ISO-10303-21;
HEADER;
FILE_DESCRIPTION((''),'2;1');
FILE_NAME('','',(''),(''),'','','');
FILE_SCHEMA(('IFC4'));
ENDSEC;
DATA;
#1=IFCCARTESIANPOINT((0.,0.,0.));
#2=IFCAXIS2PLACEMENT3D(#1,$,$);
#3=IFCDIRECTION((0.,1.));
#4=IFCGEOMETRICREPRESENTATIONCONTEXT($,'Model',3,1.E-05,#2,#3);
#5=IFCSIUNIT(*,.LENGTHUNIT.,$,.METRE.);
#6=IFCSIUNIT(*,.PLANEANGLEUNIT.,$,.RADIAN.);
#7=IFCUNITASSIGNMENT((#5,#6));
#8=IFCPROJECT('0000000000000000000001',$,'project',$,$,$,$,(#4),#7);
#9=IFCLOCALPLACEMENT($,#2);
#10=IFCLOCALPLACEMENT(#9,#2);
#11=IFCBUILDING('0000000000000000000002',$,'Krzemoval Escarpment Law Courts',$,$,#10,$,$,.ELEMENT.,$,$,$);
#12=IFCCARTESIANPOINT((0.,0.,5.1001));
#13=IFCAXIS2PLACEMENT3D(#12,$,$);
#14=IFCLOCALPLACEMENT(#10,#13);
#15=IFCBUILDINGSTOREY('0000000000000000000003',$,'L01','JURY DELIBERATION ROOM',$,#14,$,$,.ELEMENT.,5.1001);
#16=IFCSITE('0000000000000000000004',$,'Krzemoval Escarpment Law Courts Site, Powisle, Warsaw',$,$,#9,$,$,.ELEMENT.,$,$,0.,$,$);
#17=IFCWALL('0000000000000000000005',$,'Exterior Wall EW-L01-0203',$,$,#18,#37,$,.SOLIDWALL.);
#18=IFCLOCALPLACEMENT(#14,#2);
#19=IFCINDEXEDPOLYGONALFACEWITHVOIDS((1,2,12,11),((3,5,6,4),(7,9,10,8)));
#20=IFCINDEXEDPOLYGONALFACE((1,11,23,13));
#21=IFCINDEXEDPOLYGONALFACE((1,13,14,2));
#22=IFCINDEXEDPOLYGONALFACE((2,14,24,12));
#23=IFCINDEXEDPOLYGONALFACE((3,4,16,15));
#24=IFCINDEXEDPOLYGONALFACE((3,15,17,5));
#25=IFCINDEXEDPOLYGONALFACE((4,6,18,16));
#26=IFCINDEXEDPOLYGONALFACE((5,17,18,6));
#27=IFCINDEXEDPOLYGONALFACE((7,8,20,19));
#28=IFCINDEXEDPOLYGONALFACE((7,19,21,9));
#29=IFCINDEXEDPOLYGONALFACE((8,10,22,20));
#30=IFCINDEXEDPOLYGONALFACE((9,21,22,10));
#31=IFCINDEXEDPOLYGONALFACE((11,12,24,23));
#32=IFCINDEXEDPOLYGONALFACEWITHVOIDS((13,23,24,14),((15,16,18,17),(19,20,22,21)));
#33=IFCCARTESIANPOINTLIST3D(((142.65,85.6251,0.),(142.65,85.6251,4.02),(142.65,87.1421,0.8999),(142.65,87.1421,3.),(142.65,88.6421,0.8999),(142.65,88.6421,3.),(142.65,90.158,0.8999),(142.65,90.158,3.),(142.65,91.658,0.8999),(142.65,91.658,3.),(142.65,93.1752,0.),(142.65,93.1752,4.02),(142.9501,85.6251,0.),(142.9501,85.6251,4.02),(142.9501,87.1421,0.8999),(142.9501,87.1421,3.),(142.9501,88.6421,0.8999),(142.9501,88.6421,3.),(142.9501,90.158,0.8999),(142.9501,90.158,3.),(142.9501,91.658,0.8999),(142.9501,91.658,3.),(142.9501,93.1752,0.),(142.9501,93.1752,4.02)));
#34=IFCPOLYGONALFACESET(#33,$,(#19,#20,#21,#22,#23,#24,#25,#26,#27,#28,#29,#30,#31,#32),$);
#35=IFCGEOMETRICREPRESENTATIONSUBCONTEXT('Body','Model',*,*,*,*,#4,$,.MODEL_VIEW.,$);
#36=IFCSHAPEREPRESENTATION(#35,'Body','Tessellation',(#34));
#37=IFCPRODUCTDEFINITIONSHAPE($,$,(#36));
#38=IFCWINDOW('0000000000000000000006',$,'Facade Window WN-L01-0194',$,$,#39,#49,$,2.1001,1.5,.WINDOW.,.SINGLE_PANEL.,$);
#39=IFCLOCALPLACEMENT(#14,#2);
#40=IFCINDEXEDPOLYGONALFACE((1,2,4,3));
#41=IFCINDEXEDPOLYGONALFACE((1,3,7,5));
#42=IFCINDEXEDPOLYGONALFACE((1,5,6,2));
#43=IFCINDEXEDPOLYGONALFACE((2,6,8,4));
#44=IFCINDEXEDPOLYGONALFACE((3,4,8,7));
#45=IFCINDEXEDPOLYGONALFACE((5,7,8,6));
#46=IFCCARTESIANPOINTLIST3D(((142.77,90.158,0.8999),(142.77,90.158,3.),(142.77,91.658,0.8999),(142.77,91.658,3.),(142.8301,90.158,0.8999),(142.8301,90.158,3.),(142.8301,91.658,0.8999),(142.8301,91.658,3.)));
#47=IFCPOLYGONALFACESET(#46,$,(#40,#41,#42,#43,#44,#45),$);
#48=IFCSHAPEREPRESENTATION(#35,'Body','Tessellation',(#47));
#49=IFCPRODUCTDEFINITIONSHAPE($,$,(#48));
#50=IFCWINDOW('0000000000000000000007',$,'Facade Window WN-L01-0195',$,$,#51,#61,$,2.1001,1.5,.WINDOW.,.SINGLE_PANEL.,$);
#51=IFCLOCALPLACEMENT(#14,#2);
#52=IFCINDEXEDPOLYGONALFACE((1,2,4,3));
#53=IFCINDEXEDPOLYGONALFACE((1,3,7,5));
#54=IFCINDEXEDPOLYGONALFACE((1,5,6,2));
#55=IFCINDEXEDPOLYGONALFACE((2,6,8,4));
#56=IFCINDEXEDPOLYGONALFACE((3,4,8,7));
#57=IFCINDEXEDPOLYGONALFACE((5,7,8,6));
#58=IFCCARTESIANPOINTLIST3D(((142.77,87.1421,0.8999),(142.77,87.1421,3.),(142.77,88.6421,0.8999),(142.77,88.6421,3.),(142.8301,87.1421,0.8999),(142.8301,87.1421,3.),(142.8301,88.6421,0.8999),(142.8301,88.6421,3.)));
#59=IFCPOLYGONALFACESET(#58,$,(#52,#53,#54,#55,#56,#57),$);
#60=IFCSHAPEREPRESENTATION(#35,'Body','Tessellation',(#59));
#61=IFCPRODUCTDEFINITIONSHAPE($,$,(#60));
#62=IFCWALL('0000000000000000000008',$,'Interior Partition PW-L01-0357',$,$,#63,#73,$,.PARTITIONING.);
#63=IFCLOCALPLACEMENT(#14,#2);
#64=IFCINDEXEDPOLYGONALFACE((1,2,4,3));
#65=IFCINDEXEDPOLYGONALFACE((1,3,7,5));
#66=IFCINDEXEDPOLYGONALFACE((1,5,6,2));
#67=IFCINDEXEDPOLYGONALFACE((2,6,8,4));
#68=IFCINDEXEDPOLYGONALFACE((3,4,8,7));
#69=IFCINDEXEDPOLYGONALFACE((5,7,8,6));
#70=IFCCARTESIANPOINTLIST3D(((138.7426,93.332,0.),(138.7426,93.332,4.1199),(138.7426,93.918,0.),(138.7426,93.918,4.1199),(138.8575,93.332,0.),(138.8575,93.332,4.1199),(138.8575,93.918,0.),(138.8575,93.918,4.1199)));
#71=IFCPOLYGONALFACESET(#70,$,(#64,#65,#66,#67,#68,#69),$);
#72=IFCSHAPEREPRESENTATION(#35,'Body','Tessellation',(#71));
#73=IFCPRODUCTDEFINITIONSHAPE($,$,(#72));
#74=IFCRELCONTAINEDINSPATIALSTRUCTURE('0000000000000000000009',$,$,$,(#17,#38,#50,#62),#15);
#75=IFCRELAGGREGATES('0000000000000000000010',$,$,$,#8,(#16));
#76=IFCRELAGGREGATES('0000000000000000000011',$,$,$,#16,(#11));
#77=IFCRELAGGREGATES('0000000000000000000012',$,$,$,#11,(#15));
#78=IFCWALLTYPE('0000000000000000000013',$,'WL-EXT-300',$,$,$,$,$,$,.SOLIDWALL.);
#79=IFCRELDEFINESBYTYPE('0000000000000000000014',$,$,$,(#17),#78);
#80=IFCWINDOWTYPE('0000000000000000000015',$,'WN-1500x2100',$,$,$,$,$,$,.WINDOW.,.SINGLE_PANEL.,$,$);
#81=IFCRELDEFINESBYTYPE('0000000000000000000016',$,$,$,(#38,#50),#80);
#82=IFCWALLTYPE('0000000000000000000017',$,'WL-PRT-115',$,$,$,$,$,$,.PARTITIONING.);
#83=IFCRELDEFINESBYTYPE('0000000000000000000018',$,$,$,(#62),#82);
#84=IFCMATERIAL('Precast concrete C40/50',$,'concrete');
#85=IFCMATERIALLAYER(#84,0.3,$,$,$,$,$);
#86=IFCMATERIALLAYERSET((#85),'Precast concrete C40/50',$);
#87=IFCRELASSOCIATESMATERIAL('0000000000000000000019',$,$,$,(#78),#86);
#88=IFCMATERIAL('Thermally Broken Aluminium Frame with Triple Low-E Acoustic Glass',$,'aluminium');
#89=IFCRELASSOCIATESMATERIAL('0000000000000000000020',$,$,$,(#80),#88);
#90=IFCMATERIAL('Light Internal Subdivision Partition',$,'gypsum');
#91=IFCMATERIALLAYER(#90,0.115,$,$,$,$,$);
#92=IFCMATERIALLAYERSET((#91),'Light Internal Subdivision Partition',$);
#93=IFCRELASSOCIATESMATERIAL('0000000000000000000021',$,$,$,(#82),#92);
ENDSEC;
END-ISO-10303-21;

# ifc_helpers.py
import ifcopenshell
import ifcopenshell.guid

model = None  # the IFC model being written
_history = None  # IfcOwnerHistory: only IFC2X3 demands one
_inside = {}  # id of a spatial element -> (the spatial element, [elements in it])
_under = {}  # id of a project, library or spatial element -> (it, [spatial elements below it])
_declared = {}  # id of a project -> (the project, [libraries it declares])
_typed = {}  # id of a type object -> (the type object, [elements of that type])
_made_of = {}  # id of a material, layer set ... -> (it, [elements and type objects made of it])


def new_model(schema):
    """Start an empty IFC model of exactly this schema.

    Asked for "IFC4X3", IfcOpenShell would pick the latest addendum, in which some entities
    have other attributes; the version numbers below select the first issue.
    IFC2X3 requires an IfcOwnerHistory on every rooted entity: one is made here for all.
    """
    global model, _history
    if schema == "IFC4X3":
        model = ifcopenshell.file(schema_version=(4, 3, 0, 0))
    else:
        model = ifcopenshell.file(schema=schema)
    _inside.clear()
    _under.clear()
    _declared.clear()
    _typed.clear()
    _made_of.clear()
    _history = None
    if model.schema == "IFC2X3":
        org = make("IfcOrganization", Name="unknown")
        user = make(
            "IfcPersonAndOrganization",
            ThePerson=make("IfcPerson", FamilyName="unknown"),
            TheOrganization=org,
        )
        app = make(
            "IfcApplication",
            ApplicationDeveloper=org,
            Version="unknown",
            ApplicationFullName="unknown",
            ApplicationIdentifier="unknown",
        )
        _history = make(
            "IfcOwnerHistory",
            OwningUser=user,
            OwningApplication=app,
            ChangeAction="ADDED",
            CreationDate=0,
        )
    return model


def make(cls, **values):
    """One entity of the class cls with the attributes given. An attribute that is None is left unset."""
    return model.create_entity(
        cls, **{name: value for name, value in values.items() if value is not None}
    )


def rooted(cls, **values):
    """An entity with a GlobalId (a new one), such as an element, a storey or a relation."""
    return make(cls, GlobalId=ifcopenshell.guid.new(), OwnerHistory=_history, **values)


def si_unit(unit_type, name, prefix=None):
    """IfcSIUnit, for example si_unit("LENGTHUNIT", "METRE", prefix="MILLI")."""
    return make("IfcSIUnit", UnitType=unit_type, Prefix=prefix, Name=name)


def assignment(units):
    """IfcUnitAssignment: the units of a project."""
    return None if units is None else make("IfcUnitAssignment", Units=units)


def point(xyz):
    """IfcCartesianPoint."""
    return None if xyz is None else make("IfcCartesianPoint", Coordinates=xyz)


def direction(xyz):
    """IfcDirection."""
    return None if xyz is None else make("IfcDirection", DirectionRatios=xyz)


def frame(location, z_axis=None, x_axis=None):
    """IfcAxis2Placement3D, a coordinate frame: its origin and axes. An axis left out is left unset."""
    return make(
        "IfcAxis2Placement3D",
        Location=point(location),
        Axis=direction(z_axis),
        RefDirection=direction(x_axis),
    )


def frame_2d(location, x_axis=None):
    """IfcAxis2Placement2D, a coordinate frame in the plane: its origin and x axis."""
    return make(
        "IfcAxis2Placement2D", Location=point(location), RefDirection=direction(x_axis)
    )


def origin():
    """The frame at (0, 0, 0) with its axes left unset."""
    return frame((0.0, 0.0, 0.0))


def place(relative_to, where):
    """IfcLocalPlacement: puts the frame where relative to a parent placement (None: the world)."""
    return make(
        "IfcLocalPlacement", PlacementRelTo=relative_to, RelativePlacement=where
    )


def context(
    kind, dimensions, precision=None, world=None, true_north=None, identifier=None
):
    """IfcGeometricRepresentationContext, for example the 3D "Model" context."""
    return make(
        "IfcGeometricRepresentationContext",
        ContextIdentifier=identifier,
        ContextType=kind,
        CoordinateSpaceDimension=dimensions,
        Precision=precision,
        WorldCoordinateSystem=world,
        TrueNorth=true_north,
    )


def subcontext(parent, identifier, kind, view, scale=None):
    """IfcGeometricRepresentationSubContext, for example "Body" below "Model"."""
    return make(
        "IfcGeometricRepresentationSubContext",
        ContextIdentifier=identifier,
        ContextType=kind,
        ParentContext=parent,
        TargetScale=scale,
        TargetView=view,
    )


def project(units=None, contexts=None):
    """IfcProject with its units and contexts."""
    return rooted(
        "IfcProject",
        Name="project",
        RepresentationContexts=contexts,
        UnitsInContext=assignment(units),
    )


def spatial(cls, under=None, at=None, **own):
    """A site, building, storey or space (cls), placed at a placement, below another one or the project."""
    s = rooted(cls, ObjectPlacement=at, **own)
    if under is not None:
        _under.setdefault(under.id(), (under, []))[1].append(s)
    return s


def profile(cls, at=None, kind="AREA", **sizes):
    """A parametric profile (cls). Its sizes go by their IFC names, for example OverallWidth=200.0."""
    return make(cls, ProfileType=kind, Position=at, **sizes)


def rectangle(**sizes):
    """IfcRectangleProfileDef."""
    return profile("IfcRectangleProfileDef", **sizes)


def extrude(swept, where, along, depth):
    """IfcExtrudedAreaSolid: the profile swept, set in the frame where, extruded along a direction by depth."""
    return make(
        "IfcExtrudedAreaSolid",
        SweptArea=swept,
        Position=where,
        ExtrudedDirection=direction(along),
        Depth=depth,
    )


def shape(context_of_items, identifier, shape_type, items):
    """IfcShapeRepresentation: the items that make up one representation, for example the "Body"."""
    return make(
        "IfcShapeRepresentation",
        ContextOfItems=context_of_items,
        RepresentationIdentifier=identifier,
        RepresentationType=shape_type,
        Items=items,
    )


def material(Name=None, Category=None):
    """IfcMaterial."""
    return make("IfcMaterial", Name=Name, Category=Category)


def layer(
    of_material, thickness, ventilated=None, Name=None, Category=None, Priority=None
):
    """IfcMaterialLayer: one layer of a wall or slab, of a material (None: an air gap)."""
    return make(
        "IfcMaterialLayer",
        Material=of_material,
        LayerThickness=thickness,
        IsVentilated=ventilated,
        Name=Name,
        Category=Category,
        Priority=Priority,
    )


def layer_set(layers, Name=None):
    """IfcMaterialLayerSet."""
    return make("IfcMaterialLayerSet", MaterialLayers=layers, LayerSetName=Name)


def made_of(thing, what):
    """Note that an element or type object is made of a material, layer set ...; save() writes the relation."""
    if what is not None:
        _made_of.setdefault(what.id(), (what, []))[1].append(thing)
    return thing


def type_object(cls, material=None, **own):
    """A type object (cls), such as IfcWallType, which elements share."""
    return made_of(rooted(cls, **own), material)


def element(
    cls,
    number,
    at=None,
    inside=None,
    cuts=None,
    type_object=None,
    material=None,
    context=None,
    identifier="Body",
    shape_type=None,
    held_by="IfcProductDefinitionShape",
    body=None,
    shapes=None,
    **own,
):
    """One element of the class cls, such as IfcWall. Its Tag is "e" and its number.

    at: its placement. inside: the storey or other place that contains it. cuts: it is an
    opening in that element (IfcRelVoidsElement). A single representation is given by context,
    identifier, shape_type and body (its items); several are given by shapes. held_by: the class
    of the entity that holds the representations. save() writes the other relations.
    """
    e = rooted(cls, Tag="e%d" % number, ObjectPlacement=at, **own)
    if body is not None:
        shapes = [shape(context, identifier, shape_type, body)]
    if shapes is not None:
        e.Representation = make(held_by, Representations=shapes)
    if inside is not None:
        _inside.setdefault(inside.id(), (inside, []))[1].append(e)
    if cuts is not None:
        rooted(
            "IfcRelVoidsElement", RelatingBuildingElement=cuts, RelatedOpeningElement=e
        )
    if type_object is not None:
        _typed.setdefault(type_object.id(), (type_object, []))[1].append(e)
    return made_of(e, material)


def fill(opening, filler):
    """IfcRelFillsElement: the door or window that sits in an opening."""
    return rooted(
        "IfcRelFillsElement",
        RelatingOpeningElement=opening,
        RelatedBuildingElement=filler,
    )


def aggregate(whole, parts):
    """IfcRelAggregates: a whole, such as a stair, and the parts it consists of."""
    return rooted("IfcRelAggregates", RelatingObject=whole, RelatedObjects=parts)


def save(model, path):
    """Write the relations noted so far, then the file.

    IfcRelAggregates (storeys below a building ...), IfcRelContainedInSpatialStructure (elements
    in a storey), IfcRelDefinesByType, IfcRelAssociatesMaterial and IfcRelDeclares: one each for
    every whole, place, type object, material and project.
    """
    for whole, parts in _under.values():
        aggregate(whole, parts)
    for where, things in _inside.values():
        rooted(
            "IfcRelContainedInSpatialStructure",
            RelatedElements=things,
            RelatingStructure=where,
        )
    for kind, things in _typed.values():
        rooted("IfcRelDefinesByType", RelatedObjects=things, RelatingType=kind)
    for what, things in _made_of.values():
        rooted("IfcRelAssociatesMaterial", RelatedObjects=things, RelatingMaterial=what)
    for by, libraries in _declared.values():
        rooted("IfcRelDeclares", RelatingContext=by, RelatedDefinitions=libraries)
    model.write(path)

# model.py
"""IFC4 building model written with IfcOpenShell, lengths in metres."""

from ifc_helpers import new_model, si_unit, direction, frame, frame_2d, origin, place, context, subcontext, project, spatial, rectangle, extrude, material, layer, layer_set, type_object, element, fill, save


model = new_model("IFC4")

# Units and contexts
model_context = context("Model", 3, precision=1e-05, world=origin(), true_north=direction((0.0, 1.0)))
body_context = subcontext(model_context, "Body", "Model", "MODEL_VIEW")
ifc_project = project(units=[si_unit("LENGTHUNIT", "METRE"), si_unit("PLANEANGLEUNIT", "RADIAN")], contexts=[model_context])

# Site, building, storey
site_placement = place(None, origin())
site = spatial("IfcSite", under=ifc_project, at=site_placement, Name="Krzemoval Escarpment Law Courts Site, Powisle, Warsaw", CompositionType="ELEMENT", RefElevation=0.0)
building_placement = place(site_placement, origin())
building = spatial("IfcBuilding", under=site, at=building_placement, Name="Krzemoval Escarpment Law Courts", CompositionType="ELEMENT")
storey_placement = place(building_placement, frame((0.0, 0.0, 5.1001)))
storey = spatial("IfcBuildingStorey", under=building, at=storey_placement, Name="L01", Description="JURY DELIBERATION ROOM", CompositionType="ELEMENT", Elevation=5.1001)

# Wall, openings, windows
ifc_material_1 = material(Name="Precast concrete C40/50", Category="concrete")
ifc_layer_1 = layer(ifc_material_1, 0.3)
ifc_layer_set_1 = layer_set([ifc_layer_1], Name="Precast concrete C40/50")
wall_type_1 = type_object("IfcWallType", Name="WL-EXT-300", PredefinedType="SOLIDWALL", material=ifc_layer_set_1)
wall_1_placement = place(storey_placement, frame((142.8, 93.175, 0.0), z_axis=(0.0, 0.0, 1.0), x_axis=(0.0, -1.0, 0.0)))
wall_1 = element("IfcWall", 1, at=wall_1_placement, inside=storey, type_object=wall_type_1, Name="Exterior Wall EW-L01-0203", PredefinedType="SOLIDWALL", context=body_context, shape_type="SweptSolid", body=[
    extrude(rectangle(XDim=7.55, YDim=0.3, at=frame_2d((3.7749, 0.0))), origin(), (0.0, 0.0, 1.0), 4.02),
])
opening_1_placement = place(wall_1_placement, frame((1.5171, 0.0, 0.8999)))
opening_1 = element("IfcOpeningElement", 2, at=opening_1_placement, cuts=wall_1, PredefinedType="OPENING", context=body_context, shape_type="SweptSolid", body=[
    extrude(rectangle(XDim=1.5, YDim=2.1001, at=frame_2d((0.75, 1.05))), frame((0.0, 0.165, 0.0), z_axis=(0.0, -1.0, 0.0), x_axis=(1.0, 0.0, 0.0)), (0.0, 0.0, 1.0), 0.3301),
])
opening_2_placement = place(wall_1_placement, frame((4.533, 0.0, 0.8999)))
opening_2 = element("IfcOpeningElement", 3, at=opening_2_placement, cuts=wall_1, PredefinedType="OPENING", context=body_context, shape_type="SweptSolid", body=[
    extrude(rectangle(XDim=1.5, YDim=2.1001, at=frame_2d((0.75, 1.05))), frame((0.0, 0.165, 0.0), z_axis=(0.0, -1.0, 0.0), x_axis=(1.0, 0.0, 0.0)), (0.0, 0.0, 1.0), 0.3301),
])
ifc_material_2 = material(Name="Thermally Broken Aluminium Frame with Triple Low-E Acoustic Glass", Category="aluminium")
window_type = type_object("IfcWindowType", Name="WN-1500x2100", PartitioningType="SINGLE_PANEL", PredefinedType="WINDOW", material=ifc_material_2)
window_1_placement = place(opening_1_placement, origin())
window_1 = element("IfcWindow", 4, at=window_1_placement, inside=storey, type_object=window_type, Name="Facade Window WN-L01-0194", OverallHeight=2.1001, OverallWidth=1.5, PartitioningType="SINGLE_PANEL", PredefinedType="WINDOW", context=body_context, shape_type="SweptSolid", body=[
    extrude(rectangle(XDim=1.5, YDim=2.1001, at=frame_2d((0.75, 1.05))), frame((0.0, 0.03, 0.0), z_axis=(0.0, -1.0, 0.0), x_axis=(1.0, 0.0, 0.0)), (0.0, 0.0, 1.0), 0.0601),
])
fill(opening_1, window_1)
window_2_placement = place(opening_2_placement, origin())
window_2 = element("IfcWindow", 5, at=window_2_placement, inside=storey, type_object=window_type, Name="Facade Window WN-L01-0195", OverallHeight=2.1001, OverallWidth=1.5, PartitioningType="SINGLE_PANEL", PredefinedType="WINDOW", context=body_context, shape_type="SweptSolid", body=[
    extrude(rectangle(XDim=1.5, YDim=2.1001, at=frame_2d((0.75, 1.05))), frame((0.0, 0.03, 0.0), z_axis=(0.0, -1.0, 0.0), x_axis=(1.0, 0.0, 0.0)), (0.0, 0.0, 1.0), 0.0601),
])
fill(opening_2, window_2)

# Wall
ifc_material_3 = material(Name="Light Internal Subdivision Partition", Category="gypsum")
ifc_layer_2 = layer(ifc_material_3, 0.115)
ifc_layer_set_2 = layer_set([ifc_layer_2], Name="Light Internal Subdivision Partition")
wall_type_2 = type_object("IfcWallType", Name="WL-PRT-115", PredefinedType="PARTITIONING", material=ifc_layer_set_2)
wall_2_placement = place(storey_placement, frame((138.8, 93.332, 0.0), z_axis=(0.0, 0.0, 1.0), x_axis=(0.0, 1.0, 0.0)))
element("IfcWall", 6, at=wall_2_placement, inside=storey, type_object=wall_type_2, Name="Interior Partition PW-L01-0357", PredefinedType="PARTITIONING", context=body_context, shape_type="SweptSolid", body=[
    extrude(rectangle(XDim=0.5859, YDim=0.115, at=frame_2d((0.293, 0.0))), origin(), (0.0, 0.0, 1.0), 4.1199),
])

save(model, "model.ifc")
